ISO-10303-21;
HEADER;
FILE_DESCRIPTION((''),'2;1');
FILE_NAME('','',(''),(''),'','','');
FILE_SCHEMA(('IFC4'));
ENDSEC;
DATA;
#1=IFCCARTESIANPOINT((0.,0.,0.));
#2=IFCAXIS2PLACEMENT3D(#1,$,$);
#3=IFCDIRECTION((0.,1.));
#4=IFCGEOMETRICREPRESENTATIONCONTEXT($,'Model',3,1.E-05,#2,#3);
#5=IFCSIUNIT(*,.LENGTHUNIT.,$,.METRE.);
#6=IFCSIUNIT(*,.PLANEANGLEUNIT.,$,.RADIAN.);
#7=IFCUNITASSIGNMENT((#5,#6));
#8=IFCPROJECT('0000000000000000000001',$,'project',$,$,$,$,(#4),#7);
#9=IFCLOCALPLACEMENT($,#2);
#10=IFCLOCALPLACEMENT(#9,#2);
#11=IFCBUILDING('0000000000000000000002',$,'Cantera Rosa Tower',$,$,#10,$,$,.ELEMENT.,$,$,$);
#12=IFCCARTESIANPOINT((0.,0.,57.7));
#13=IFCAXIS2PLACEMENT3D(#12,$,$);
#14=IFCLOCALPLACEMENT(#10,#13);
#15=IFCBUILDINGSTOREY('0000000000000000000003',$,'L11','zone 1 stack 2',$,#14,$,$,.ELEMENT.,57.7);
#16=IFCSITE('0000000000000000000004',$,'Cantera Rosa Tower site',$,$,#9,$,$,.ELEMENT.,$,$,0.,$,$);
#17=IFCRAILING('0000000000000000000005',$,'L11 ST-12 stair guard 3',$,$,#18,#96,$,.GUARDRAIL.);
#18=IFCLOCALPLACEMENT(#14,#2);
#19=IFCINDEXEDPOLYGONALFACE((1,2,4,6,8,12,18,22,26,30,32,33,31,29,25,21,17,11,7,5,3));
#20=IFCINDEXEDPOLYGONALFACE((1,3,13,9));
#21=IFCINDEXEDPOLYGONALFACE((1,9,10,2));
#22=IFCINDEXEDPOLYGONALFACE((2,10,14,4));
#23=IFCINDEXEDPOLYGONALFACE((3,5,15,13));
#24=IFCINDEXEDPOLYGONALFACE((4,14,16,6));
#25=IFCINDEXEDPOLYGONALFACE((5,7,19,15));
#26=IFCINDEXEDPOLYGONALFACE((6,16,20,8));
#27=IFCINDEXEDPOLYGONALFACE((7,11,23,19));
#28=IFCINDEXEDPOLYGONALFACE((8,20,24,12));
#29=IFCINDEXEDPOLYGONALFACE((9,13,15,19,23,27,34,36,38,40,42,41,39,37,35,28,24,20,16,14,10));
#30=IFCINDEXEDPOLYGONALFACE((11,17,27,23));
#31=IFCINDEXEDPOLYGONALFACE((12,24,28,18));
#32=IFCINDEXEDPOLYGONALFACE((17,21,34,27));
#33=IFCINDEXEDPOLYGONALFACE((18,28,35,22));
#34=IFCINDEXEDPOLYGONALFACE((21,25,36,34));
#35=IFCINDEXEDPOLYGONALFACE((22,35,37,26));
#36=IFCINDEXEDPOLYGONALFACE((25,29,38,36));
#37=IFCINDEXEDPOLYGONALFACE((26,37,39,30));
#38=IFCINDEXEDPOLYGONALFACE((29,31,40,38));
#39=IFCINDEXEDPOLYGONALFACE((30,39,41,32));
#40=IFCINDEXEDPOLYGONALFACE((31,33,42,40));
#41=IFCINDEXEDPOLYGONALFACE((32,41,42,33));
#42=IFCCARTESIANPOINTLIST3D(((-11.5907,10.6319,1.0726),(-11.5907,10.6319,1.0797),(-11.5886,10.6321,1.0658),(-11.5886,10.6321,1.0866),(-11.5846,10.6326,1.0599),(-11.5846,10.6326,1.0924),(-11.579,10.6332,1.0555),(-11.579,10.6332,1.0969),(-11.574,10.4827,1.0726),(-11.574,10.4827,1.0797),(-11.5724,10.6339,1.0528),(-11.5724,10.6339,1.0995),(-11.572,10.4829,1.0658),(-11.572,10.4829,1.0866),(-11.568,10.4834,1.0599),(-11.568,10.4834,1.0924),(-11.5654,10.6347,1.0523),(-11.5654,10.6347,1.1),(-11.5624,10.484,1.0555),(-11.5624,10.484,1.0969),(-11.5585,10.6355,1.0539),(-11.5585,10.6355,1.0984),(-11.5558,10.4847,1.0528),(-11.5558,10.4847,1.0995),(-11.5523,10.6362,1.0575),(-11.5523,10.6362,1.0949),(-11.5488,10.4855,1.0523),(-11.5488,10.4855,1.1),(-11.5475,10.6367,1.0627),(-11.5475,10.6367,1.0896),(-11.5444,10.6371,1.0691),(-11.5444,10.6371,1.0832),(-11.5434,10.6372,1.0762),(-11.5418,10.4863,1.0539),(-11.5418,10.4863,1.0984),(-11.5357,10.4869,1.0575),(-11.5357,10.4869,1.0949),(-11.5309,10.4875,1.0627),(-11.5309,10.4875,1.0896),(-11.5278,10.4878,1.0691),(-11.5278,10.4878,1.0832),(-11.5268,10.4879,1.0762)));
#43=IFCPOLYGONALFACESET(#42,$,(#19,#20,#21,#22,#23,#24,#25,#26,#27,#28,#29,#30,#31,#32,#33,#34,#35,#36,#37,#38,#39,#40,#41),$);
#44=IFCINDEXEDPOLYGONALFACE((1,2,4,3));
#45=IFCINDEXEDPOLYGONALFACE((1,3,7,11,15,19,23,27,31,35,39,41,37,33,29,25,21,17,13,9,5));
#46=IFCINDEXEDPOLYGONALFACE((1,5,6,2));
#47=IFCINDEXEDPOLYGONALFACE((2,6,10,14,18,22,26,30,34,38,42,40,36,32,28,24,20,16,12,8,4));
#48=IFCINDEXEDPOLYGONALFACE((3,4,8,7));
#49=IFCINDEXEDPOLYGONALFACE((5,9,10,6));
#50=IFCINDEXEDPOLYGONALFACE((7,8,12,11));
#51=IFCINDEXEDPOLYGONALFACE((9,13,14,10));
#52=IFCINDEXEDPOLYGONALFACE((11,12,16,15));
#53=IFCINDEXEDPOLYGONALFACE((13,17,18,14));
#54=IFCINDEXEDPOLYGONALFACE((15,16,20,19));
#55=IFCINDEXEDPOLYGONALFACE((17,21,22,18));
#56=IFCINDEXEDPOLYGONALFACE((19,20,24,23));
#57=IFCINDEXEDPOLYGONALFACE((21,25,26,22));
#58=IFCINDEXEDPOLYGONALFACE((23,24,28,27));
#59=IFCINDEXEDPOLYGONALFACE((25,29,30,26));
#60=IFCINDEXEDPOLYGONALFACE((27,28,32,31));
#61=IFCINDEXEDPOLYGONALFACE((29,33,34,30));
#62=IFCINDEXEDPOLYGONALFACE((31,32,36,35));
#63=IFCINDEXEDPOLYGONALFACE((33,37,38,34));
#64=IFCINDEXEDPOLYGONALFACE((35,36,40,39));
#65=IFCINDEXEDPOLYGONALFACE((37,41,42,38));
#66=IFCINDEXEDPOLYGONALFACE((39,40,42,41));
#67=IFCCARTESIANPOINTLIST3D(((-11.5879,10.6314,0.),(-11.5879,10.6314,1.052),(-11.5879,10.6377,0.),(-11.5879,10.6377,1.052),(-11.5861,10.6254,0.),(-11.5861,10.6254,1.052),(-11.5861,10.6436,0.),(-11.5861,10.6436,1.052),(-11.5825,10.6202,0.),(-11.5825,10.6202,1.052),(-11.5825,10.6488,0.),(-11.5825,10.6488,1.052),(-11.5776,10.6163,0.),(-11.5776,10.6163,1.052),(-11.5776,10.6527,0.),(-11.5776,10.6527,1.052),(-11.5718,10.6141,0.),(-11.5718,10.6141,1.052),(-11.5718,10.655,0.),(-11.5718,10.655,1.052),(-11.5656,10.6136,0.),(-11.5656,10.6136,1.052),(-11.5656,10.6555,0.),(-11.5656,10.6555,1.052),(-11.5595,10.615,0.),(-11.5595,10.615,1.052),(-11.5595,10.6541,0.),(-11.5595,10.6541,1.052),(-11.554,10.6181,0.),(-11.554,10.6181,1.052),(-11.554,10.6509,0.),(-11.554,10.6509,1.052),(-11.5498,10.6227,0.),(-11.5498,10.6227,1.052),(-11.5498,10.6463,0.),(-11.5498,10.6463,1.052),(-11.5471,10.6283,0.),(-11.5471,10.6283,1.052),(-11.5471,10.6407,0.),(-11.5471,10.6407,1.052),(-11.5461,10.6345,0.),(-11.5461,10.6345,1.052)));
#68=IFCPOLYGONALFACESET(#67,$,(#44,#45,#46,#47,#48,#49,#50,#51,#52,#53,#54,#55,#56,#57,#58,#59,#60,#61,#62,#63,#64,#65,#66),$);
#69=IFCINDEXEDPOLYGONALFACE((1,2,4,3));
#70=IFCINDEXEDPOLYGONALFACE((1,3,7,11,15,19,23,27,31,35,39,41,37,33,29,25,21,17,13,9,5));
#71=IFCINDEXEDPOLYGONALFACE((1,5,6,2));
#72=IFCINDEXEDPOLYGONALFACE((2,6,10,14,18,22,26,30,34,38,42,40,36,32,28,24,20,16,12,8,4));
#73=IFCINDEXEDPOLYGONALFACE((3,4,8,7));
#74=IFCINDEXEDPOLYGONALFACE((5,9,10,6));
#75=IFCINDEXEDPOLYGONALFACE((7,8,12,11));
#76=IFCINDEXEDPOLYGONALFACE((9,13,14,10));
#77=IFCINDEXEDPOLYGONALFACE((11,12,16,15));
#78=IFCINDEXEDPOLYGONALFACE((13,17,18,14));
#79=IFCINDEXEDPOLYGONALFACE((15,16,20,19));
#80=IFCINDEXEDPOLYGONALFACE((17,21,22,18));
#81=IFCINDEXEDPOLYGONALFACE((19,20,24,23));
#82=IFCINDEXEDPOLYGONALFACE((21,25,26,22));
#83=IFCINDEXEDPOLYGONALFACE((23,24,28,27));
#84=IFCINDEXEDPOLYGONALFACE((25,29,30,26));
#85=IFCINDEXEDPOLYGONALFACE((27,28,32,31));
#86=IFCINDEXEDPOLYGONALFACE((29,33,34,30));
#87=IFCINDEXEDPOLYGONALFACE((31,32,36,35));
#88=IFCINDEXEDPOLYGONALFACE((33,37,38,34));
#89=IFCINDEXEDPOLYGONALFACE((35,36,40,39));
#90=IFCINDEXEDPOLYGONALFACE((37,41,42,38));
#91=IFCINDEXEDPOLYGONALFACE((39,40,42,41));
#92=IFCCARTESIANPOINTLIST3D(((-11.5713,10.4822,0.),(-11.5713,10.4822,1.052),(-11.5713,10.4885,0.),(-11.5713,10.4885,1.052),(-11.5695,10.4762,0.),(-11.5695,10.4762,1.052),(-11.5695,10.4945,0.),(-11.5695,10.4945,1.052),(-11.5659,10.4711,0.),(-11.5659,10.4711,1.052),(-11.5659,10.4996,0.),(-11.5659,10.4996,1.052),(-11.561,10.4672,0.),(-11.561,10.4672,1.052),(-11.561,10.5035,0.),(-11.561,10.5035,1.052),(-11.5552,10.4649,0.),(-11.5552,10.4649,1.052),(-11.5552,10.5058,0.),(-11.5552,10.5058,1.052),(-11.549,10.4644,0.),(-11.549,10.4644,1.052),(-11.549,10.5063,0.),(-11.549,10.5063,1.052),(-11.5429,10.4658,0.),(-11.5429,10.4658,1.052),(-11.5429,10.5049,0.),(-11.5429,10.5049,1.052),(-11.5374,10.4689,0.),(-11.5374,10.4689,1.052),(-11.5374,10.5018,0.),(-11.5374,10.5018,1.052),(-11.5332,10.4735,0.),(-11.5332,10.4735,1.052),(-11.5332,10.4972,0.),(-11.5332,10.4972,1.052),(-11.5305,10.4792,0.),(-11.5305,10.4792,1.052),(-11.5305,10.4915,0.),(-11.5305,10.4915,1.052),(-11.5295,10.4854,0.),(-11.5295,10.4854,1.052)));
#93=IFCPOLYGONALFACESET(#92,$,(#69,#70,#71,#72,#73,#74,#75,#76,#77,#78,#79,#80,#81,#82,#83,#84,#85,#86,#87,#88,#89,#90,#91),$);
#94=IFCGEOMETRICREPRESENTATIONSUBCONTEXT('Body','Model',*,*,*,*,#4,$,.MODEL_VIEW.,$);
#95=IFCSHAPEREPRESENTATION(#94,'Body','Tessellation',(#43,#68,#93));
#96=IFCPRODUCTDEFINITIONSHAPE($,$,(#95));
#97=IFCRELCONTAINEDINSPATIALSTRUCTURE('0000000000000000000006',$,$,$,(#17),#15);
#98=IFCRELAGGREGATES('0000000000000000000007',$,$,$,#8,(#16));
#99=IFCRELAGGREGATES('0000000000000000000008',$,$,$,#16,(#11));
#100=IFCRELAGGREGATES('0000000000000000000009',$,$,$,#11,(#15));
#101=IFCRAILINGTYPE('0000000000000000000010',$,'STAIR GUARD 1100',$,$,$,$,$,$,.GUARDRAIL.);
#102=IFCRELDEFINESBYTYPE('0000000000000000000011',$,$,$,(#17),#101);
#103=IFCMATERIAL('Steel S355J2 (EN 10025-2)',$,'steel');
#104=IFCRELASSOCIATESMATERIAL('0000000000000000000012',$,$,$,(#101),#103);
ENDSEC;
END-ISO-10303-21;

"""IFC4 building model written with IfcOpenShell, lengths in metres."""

from ifc_helpers import new_model, si_unit, direction, frame, origin, origin_2d, place, context, subcontext, project, spatial, circle, extrude, material, type_object, element, save


model = new_model("IFC4")

# Units and contexts
model_context = context("Model", 3, precision=1e-05, world=origin(), true_north=direction((0.0, 1.0)))
body_context = subcontext(model_context, "Body", "Model", "MODEL_VIEW")
ifc_project = project(units=[si_unit("LENGTHUNIT", "METRE"), si_unit("PLANEANGLEUNIT", "RADIAN")], contexts=[model_context])

# Site, building, storey
site_placement = place(None, origin())
site = spatial("IfcSite", under=ifc_project, at=site_placement, Name="Cantera Rosa Tower site", CompositionType="ELEMENT", RefElevation=0.0)
building_placement = place(site_placement, origin())
building = spatial("IfcBuilding", under=site, at=building_placement, Name="Cantera Rosa Tower", CompositionType="ELEMENT")
storey_placement = place(building_placement, frame((0.0, 0.0, 57.7)))
storey = spatial("IfcBuildingStorey", under=building, at=storey_placement, Name="L11", Description="zone 1 stack 2", CompositionType="ELEMENT", Elevation=57.7)

# Railing
ifc_material_1 = material(Name="Steel S355J2 (EN 10025-2)", Category="steel")
railing_type_1 = type_object("IfcRailingType", Name="STAIR GUARD 1100", PredefinedType="GUARDRAIL", material=ifc_material_1)
railing_1_placement = place(storey_placement, frame((-11.5671, 10.6345, 0.0)))
element("IfcRailing", 1, at=railing_1_placement, inside=storey, type_object=railing_type_1, Name="L11 ST-12 stair guard 3", PredefinedType="GUARDRAIL", context=body_context, shape_type="SweptSolid", body=[
    extrude(circle(Radius=0.0239, at=origin_2d()), frame((0.0, 0.0, 1.0762), z_axis=(0.11061, -0.993864, 0.0), x_axis=(0.993864, 0.11061, 0.0)), (0.0, 0.0, 1.0), 0.1501),
    extrude(circle(Radius=0.021, at=origin_2d()), origin(), (0.0, 0.0, 1.0), 1.052),
    extrude(circle(Radius=0.021, at=origin_2d()), frame((0.0166, -0.1492, 0.0)), (0.0, 0.0, 1.0), 1.052),
])

save(model, "model.ifc")
